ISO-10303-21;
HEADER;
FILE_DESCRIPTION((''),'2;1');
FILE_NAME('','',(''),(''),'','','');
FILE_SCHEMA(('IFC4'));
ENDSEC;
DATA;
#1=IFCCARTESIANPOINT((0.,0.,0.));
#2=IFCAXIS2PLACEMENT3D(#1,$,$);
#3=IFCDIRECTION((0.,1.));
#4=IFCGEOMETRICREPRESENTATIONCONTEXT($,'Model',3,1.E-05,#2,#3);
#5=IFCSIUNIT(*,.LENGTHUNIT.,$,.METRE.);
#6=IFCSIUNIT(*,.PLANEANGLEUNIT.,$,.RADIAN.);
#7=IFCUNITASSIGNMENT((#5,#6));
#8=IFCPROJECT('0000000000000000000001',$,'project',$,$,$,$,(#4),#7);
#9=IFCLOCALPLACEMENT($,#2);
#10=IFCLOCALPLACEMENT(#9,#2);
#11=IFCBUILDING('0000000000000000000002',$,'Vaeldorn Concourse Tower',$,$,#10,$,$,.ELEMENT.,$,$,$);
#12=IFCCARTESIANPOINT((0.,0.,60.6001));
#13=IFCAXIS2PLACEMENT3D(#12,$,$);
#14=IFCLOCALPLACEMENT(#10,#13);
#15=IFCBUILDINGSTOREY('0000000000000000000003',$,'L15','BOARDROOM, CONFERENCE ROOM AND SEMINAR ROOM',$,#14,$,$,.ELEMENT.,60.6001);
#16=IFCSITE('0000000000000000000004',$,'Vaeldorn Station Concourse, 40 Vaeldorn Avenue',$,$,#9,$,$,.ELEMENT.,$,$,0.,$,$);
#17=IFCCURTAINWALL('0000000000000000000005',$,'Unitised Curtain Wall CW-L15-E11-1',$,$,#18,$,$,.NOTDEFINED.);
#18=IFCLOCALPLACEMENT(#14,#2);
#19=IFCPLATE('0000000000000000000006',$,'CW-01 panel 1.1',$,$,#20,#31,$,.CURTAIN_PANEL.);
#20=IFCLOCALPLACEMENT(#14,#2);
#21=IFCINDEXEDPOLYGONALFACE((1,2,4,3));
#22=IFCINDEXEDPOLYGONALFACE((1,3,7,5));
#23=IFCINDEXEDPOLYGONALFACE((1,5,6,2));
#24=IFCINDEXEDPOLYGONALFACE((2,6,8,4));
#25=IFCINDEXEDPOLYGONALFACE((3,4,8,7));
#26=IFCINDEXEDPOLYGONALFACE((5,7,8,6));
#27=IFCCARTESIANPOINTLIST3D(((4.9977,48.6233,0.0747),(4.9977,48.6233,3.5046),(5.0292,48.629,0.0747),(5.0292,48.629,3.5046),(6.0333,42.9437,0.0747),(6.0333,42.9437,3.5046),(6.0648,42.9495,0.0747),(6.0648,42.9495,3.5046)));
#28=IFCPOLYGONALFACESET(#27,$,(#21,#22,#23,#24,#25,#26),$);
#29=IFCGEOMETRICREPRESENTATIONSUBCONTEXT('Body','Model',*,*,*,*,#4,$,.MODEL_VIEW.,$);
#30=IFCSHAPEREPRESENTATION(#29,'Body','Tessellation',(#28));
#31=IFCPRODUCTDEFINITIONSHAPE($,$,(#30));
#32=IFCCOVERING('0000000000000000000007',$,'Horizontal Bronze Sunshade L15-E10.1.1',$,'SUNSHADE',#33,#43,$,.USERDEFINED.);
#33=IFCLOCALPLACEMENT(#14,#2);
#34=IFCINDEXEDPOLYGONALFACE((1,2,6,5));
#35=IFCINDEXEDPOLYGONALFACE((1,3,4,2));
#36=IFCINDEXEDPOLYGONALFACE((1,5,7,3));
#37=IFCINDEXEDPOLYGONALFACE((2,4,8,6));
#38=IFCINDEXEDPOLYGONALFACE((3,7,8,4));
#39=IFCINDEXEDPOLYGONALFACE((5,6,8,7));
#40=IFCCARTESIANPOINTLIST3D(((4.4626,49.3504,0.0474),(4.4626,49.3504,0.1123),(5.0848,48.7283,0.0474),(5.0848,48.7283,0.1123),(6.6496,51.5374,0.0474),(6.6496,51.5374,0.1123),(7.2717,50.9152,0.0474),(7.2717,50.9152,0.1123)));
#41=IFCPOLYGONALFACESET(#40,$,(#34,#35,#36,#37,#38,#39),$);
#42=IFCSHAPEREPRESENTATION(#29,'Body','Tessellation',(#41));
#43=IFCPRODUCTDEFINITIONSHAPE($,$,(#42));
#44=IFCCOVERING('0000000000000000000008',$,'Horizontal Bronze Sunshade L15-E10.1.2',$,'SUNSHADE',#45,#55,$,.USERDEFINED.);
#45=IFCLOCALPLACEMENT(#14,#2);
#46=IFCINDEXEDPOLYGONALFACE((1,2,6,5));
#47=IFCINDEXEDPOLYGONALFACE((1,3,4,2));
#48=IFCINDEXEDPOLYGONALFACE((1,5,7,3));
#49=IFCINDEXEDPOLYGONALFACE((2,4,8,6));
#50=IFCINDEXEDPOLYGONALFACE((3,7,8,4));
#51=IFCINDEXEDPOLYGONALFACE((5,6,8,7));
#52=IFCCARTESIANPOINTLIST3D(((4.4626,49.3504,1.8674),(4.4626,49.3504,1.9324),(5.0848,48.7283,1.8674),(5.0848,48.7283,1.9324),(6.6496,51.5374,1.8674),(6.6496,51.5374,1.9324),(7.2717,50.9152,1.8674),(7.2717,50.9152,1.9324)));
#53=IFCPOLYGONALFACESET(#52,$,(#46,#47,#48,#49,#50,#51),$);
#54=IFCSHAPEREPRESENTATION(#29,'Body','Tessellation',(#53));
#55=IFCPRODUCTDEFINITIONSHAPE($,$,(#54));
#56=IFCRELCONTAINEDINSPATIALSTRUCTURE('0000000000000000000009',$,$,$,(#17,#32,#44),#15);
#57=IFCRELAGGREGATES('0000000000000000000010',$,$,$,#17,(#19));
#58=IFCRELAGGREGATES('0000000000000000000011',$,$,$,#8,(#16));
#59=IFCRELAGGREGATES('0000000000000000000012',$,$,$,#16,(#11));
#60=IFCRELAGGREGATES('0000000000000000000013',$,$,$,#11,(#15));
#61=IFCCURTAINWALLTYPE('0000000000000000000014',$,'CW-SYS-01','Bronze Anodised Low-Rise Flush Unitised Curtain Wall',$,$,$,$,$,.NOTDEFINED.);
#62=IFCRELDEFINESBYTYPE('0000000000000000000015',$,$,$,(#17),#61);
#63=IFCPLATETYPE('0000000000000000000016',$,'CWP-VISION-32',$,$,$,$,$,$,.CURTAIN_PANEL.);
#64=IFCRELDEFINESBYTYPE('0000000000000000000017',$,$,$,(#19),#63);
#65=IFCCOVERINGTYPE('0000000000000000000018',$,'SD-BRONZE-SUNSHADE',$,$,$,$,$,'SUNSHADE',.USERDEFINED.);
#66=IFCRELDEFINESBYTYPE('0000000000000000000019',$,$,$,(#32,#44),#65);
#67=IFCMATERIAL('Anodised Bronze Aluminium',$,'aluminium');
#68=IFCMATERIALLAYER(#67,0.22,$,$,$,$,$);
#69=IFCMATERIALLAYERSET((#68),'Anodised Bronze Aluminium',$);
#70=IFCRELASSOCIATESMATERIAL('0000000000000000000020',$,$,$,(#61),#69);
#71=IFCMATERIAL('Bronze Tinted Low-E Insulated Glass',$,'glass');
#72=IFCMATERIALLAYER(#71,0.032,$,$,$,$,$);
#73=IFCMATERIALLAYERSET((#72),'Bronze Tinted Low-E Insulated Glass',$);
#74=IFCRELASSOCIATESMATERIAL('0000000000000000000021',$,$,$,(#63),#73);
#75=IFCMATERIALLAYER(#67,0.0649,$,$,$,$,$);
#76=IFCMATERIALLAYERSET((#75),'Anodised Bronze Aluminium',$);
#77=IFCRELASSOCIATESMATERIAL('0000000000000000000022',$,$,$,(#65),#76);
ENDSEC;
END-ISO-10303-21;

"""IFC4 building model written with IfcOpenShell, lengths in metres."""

from ifc_helpers import new_model, si_unit, direction, frame, origin, origin_2d, place, context, subcontext, project, spatial, rectangle, extrude, source, transform, mapped, material, layer, layer_set, type_object, element, aggregate, save


model = new_model("IFC4")

# Units and contexts
model_context = context("Model", 3, precision=1e-05, world=origin(), true_north=direction((0.0, 1.0)))
body_context = subcontext(model_context, "Body", "Model", "MODEL_VIEW")
ifc_project = project(units=[si_unit("LENGTHUNIT", "METRE"), si_unit("PLANEANGLEUNIT", "RADIAN")], contexts=[model_context])

# Site, building, storey
site_placement = place(None, origin())
site = spatial("IfcSite", under=ifc_project, at=site_placement, Name="Vaeldorn Station Concourse, 40 Vaeldorn Avenue", CompositionType="ELEMENT", RefElevation=0.0)
building_placement = place(site_placement, origin())
building = spatial("IfcBuilding", under=site, at=building_placement, Name="Vaeldorn Concourse Tower", CompositionType="ELEMENT")
storey_placement = place(building_placement, frame((0.0, 0.0, 60.6001)))
storey = spatial("IfcBuildingStorey", under=building, at=storey_placement, Name="L15", Description="BOARDROOM, CONFERENCE ROOM AND SEMINAR ROOM", CompositionType="ELEMENT", Elevation=60.6001)

# Curtain wall
ifc_material_1 = material(Name="Anodised Bronze Aluminium", Category="aluminium")
ifc_layer_1 = layer(ifc_material_1, 0.22)
ifc_layer_set_1 = layer_set([ifc_layer_1], Name="Anodised Bronze Aluminium")
curtain_wall_type = type_object("IfcCurtainWallType", Name="CW-SYS-01", Description="Bronze Anodised Low-Rise Flush Unitised Curtain Wall", PredefinedType="NOTDEFINED", material=ifc_layer_set_1)
curtain_wall_1_placement = place(storey_placement, origin())
curtain_wall_1 = element("IfcCurtainWall", 1, at=curtain_wall_1_placement, inside=storey, type_object=curtain_wall_type, Name="Unitised Curtain Wall CW-L15-E11-1", PredefinedType="NOTDEFINED")

# Plate
ifc_material_2 = material(Name="Bronze Tinted Low-E Insulated Glass", Category="glass")
ifc_layer_2 = layer(ifc_material_2, 0.032)
ifc_layer_set_2 = layer_set([ifc_layer_2], Name="Bronze Tinted Low-E Insulated Glass")
plate_type = type_object("IfcPlateType", Name="CWP-VISION-32", PredefinedType="CURTAIN_PANEL", material=ifc_layer_set_2)
shared_shape_1 = source(origin(), body_context, "Body", "SweptSolid", [
    extrude(rectangle(XDim=5.7732, YDim=0.032, at=origin_2d()), origin(), (0.0, 0.0, 1.0), 3.4299),
])
plate_1_placement = place(storey_placement, frame((5.5312, 45.7864, 0.0747), z_axis=(0.0, 0.0, 1.0), x_axis=(0.179383, -0.983779, 0.0)))
plate_1 = element("IfcPlate", 2, at=plate_1_placement, type_object=plate_type, Name="CW-01 panel 1.1", PredefinedType="CURTAIN_PANEL", context=body_context, shape_type="MappedRepresentation", body=[
    mapped(shared_shape_1, transform((0.0, 0.0, 0.0), scale=1.0)),
])
aggregate(curtain_wall_1, [plate_1])

# Coverings
ifc_layer_3 = layer(ifc_material_1, 0.0649)
ifc_layer_set_3 = layer_set([ifc_layer_3], Name="Anodised Bronze Aluminium")
covering_type = type_object("IfcCoveringType", Name="SD-BRONZE-SUNSHADE", ElementType="SUNSHADE", PredefinedType="USERDEFINED", material=ifc_layer_set_3)
shared_shape_2 = source(origin(), body_context, "Body", "SweptSolid", [
    extrude(rectangle(XDim=3.0928, YDim=0.8799, at=origin_2d()), origin(), (0.0, 0.0, 1.0), 0.0649),
])
for number, where, z_axis, x_axis, name in (
    (3, (5.8672, 50.1328, 0.0474), (0.0, 0.0, 1.0), (-0.707107, -0.707107, 0.0), "Horizontal Bronze Sunshade L15-E10.1.1"),
    (4, (5.8672, 50.1328, 1.8674), (0.0, 0.0, 1.0), (-0.707107, -0.707107, 0.0), "Horizontal Bronze Sunshade L15-E10.1.2"),
):
    element("IfcCovering", number, at=place(storey_placement, frame(where, z_axis=z_axis, x_axis=x_axis)), inside=storey, type_object=covering_type, Name=name, ObjectType="SUNSHADE", PredefinedType="USERDEFINED", context=body_context, shape_type="MappedRepresentation", body=[
        mapped(shared_shape_2, transform((0.0, 0.0, 0.0), scale=1.0)),
    ])

save(model, "model.ifc")
